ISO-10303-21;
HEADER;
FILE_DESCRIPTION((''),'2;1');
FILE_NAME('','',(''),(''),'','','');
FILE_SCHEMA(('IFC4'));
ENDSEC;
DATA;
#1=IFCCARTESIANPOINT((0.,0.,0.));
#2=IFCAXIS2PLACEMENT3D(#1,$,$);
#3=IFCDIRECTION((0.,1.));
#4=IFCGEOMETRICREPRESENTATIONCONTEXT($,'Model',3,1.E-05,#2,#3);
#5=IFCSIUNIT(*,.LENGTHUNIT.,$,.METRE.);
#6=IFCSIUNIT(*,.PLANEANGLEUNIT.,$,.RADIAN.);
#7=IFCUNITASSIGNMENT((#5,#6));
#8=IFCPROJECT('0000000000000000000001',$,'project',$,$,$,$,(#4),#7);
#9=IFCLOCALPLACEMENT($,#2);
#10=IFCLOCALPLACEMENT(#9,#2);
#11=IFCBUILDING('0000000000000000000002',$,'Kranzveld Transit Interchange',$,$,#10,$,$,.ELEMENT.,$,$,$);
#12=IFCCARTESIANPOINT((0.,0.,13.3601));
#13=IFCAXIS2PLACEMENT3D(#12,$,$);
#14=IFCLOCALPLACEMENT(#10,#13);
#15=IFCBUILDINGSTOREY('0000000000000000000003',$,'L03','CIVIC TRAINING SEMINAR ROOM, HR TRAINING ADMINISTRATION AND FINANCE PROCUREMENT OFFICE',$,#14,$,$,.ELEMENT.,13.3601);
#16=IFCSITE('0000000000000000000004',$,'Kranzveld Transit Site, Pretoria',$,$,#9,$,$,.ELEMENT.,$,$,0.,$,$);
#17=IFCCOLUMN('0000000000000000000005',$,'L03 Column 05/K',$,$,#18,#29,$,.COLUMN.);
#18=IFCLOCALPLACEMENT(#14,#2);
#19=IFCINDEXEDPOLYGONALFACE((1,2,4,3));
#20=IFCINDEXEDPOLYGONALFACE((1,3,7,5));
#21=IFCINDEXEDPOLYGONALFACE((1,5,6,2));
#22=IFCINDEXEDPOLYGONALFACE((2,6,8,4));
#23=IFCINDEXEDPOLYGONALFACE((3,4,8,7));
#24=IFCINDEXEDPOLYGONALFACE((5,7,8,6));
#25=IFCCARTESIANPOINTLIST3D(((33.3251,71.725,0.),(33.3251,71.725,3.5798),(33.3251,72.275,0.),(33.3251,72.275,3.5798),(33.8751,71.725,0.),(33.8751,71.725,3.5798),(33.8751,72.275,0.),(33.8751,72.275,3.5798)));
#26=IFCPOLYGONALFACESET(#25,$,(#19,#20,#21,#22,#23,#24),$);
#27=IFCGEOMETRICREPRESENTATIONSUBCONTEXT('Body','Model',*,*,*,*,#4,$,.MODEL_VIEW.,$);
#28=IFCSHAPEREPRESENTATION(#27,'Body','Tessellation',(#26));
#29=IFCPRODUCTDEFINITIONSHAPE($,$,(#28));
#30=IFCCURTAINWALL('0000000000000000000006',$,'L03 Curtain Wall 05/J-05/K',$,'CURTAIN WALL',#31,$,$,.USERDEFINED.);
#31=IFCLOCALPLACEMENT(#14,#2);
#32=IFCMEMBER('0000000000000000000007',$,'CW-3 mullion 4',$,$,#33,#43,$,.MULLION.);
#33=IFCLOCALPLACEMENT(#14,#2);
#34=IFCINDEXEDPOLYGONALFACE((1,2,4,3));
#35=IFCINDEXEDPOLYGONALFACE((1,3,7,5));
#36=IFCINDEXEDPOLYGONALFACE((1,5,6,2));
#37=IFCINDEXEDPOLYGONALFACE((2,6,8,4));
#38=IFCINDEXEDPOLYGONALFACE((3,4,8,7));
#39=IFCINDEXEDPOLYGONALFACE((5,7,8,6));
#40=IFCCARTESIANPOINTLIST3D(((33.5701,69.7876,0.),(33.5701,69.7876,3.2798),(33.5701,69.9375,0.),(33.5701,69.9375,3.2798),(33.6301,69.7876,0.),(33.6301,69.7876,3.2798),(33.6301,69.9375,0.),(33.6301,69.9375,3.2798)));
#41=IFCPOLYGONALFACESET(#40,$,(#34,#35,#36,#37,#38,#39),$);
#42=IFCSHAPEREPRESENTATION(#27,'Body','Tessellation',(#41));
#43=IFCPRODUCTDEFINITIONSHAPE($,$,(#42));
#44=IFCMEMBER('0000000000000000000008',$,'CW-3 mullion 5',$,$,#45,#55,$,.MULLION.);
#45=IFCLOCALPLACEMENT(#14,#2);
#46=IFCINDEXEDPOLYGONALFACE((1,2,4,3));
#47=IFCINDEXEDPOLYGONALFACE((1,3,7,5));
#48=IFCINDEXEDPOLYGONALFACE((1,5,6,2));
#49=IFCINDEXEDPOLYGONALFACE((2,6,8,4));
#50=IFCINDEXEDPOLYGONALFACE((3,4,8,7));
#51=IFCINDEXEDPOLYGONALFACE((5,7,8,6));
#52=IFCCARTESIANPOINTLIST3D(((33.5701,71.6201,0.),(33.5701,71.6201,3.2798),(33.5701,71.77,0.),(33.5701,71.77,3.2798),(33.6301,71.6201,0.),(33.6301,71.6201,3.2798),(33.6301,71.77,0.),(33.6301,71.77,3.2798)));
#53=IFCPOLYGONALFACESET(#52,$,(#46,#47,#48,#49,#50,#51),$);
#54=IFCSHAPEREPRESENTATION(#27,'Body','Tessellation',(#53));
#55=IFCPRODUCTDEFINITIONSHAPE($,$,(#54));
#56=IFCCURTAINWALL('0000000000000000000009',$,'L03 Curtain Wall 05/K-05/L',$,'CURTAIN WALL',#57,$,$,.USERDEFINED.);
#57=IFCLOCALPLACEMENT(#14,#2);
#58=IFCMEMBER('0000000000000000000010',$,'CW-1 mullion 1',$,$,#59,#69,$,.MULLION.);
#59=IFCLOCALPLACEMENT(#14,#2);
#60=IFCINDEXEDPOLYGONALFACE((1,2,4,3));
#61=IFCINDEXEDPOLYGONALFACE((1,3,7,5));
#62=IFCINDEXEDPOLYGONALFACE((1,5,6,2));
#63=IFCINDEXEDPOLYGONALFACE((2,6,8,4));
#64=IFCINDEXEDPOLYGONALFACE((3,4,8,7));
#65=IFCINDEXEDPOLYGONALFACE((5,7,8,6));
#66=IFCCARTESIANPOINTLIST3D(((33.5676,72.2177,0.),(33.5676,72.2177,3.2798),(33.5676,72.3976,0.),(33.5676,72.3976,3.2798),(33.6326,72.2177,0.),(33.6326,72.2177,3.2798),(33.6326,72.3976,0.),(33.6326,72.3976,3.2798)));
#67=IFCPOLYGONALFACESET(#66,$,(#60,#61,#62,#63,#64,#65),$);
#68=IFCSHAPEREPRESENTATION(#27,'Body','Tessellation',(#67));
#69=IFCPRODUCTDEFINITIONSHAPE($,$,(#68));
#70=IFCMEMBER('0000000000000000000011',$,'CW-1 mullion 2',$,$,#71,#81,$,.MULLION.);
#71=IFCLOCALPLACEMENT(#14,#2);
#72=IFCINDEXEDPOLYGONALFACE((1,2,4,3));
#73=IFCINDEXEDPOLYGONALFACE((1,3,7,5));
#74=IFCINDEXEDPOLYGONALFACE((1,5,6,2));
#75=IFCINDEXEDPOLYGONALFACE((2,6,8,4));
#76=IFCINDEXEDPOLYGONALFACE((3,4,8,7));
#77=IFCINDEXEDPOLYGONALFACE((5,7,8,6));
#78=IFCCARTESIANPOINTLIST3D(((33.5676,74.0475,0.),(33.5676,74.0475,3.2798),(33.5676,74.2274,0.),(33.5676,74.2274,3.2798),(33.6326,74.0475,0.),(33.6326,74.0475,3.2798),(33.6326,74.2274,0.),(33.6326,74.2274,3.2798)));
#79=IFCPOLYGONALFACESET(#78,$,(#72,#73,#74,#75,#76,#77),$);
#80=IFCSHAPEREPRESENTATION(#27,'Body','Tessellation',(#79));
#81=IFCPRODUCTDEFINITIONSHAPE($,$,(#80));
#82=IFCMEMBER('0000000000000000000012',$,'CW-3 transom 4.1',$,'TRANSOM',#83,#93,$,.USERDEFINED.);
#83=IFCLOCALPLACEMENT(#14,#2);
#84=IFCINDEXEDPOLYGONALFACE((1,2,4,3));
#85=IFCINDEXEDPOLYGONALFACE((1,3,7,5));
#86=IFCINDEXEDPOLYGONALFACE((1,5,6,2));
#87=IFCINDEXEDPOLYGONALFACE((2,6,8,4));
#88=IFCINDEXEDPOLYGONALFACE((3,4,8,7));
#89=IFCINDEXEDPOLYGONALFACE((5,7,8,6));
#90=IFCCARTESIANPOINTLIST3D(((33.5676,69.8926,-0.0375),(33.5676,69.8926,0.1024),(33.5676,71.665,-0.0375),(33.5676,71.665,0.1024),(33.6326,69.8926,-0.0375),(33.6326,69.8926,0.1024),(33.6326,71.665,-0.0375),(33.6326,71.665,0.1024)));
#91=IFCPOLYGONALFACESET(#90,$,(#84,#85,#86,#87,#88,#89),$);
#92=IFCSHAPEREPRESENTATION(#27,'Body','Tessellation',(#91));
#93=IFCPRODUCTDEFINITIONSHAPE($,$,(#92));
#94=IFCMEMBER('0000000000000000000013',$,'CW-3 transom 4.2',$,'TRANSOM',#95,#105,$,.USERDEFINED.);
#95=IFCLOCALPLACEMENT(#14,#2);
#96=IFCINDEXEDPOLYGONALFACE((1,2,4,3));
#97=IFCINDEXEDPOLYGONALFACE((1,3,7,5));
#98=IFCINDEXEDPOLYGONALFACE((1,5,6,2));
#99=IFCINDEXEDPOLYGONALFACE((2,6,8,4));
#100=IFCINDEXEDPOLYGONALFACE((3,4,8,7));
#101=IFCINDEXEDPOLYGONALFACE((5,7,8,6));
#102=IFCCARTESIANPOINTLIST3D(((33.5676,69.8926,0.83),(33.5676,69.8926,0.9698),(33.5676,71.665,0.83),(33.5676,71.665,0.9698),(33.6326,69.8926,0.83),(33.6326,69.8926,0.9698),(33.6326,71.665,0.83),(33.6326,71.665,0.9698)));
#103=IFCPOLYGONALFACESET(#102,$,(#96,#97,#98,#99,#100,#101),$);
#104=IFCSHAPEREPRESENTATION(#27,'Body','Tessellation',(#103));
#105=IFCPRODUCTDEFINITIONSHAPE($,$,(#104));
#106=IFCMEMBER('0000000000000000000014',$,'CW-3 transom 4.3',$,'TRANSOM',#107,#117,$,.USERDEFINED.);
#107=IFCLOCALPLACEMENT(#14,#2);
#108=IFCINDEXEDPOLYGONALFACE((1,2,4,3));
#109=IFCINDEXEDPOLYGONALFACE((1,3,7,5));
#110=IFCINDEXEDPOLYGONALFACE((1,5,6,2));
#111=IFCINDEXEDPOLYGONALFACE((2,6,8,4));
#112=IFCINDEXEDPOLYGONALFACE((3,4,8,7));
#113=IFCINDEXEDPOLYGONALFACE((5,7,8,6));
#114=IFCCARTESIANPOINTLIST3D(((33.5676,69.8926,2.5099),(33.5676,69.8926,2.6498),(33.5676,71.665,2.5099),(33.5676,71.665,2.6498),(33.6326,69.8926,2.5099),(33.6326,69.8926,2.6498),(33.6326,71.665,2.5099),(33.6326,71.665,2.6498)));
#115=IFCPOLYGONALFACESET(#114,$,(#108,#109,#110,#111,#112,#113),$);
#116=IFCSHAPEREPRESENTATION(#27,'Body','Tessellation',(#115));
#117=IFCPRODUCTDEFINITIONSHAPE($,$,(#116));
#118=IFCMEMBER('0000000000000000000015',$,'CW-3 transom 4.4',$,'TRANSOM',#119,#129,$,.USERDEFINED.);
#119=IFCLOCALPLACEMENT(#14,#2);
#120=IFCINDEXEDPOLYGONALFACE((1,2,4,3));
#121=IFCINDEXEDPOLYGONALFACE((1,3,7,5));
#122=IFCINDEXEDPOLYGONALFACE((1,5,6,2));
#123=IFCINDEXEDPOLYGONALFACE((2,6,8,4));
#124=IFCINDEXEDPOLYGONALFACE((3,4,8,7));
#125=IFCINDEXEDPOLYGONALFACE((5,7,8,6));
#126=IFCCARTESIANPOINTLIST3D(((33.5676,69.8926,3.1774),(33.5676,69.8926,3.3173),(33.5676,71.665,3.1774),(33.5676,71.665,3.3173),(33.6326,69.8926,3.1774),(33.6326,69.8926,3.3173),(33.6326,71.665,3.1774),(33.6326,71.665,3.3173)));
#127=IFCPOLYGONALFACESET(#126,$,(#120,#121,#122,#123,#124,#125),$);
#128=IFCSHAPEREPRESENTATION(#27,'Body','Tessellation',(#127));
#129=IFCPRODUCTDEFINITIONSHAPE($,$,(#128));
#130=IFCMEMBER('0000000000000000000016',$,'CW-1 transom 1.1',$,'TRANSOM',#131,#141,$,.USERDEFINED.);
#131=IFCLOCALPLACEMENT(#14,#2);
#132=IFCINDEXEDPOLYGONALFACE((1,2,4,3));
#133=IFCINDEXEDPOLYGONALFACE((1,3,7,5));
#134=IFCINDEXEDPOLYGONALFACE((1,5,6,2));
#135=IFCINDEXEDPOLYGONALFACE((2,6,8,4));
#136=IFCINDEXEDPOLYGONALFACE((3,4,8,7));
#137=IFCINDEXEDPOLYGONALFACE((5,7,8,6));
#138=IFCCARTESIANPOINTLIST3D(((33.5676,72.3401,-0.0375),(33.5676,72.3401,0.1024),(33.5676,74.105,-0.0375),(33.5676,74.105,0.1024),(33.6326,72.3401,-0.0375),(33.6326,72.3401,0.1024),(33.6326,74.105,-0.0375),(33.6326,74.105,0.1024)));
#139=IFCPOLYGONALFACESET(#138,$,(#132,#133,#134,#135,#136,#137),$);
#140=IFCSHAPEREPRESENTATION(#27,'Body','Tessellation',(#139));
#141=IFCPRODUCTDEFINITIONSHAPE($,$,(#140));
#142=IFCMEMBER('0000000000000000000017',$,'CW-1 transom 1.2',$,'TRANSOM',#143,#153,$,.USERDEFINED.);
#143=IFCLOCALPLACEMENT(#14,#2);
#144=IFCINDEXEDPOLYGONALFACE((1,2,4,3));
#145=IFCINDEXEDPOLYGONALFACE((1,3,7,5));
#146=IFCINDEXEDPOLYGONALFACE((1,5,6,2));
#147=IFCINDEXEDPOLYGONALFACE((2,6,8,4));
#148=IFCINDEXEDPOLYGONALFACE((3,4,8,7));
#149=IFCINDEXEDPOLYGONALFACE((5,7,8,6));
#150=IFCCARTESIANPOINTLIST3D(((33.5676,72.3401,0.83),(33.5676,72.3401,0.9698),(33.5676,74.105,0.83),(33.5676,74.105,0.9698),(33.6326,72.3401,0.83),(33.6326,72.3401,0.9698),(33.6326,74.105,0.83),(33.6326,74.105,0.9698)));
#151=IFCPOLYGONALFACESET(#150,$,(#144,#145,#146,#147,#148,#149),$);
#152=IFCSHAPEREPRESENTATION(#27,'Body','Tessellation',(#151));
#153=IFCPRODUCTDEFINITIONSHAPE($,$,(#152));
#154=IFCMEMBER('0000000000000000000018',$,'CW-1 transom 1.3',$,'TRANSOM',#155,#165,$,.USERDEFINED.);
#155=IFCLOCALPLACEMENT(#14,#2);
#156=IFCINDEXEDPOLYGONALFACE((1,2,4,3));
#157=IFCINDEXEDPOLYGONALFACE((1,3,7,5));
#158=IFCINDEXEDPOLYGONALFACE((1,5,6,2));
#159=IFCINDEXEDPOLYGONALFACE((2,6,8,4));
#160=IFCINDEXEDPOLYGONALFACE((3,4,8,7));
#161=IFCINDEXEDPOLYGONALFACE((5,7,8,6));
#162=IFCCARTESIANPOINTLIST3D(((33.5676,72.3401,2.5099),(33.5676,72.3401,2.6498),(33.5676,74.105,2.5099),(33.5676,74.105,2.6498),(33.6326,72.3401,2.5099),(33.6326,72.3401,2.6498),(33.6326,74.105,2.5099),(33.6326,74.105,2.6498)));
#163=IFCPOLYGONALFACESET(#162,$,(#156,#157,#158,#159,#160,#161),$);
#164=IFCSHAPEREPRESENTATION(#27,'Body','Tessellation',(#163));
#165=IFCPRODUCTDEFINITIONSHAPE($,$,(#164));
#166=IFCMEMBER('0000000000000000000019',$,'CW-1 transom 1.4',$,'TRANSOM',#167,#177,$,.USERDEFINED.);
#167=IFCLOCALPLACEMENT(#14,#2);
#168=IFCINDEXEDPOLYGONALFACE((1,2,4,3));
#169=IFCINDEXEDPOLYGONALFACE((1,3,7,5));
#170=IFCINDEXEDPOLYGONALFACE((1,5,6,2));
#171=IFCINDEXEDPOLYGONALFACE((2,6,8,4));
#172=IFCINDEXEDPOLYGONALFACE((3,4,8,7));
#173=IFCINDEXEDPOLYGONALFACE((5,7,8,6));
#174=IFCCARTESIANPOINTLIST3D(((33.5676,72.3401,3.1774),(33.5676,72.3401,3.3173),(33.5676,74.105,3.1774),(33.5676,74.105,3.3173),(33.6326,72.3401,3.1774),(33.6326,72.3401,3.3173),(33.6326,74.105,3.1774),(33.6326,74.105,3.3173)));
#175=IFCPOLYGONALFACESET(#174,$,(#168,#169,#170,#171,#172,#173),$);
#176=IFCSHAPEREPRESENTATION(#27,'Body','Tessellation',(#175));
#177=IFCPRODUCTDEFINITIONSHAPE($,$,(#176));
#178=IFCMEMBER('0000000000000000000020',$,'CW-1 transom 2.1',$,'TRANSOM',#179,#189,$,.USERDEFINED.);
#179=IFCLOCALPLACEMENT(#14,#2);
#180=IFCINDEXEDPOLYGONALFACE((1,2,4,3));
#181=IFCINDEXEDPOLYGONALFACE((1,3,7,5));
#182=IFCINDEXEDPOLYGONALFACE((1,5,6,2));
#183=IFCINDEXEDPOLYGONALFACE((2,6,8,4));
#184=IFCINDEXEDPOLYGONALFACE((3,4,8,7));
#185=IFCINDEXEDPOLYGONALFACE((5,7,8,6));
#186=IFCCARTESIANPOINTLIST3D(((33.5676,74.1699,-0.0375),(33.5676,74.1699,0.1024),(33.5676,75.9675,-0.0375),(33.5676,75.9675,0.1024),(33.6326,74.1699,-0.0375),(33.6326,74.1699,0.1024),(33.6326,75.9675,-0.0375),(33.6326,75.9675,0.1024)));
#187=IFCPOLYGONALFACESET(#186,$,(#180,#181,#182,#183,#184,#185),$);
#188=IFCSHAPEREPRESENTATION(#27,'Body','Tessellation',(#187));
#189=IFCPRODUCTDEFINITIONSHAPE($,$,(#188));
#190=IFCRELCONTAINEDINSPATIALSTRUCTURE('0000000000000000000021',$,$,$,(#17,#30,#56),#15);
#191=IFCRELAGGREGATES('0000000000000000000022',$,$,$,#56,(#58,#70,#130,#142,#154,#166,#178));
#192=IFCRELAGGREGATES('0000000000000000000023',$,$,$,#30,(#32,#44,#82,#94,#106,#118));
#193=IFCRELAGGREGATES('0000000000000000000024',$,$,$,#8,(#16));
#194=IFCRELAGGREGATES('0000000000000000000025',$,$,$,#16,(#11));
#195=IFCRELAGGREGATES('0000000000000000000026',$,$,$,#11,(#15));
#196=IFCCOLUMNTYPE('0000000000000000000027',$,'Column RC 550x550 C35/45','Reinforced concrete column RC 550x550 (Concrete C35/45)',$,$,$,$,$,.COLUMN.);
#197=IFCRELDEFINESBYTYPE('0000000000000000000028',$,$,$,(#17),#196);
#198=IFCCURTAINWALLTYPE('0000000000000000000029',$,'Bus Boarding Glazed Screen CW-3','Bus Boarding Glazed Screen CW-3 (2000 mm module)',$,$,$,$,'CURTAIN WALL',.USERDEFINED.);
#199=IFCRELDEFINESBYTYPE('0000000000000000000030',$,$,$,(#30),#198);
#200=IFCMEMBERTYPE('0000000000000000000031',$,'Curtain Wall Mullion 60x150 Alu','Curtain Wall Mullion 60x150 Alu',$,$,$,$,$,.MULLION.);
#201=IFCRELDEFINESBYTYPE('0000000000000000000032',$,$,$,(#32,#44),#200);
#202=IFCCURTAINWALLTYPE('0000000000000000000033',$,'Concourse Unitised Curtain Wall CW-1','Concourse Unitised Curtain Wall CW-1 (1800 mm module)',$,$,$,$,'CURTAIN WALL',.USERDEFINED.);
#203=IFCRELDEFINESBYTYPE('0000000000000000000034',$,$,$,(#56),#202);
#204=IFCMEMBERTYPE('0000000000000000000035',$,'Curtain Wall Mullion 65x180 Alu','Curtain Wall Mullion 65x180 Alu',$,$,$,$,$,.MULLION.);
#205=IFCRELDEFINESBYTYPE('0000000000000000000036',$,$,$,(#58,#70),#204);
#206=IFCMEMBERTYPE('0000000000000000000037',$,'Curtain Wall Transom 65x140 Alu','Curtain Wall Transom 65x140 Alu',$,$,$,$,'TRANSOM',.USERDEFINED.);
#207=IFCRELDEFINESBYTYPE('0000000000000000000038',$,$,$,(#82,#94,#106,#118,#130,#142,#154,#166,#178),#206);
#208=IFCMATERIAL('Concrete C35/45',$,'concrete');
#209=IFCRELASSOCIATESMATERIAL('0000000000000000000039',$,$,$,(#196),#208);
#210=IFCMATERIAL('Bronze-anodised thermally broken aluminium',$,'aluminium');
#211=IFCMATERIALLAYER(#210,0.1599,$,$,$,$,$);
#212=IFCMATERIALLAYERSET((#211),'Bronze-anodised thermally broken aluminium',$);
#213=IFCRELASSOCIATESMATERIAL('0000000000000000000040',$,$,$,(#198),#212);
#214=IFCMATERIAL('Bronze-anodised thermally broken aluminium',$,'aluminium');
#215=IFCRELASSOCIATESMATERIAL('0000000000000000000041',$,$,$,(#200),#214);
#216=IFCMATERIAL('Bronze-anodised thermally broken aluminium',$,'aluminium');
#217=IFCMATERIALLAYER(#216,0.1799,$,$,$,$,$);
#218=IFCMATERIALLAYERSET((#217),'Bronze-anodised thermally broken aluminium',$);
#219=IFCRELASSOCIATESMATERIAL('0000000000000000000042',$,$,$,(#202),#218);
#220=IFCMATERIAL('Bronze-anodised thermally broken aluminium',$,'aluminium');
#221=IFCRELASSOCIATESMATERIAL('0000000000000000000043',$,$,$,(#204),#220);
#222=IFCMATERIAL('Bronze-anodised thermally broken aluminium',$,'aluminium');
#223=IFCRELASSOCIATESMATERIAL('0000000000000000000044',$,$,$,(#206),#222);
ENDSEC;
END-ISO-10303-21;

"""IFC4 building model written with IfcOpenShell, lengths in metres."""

from ifc_helpers import new_model, si_unit, direction, frame, origin, origin_2d, place, context, subcontext, project, spatial, rectangle, extrude, material, layer, layer_set, material_profile, profile_set, type_object, element, aggregate, save


model = new_model("IFC4")

# Units and contexts
model_context = context("Model", 3, precision=1e-05, world=origin(), true_north=direction((0.0, 1.0)))
body_context = subcontext(model_context, "Body", "Model", "MODEL_VIEW")
ifc_project = project(units=[si_unit("LENGTHUNIT", "METRE"), si_unit("PLANEANGLEUNIT", "RADIAN")], contexts=[model_context])

# Site, building, storey
site_placement = place(None, origin())
site = spatial("IfcSite", under=ifc_project, at=site_placement, Name="Kranzveld Transit Site, Pretoria", CompositionType="ELEMENT", RefElevation=0.0)
building_placement = place(site_placement, origin())
building = spatial("IfcBuilding", under=site, at=building_placement, Name="Kranzveld Transit Interchange", CompositionType="ELEMENT")
storey_placement = place(building_placement, frame((0.0, 0.0, 13.3601)))
storey = spatial("IfcBuildingStorey", under=building, at=storey_placement, Name="L03", Description="CIVIC TRAINING SEMINAR ROOM, HR TRAINING ADMINISTRATION AND FINANCE PROCUREMENT OFFICE", CompositionType="ELEMENT", Elevation=13.3601)

# Column
ifc_material_1 = material(Name="Concrete C35/45", Category="concrete")
ifc_material_profile_1 = material_profile(ifc_material_1, rectangle(XDim=0.55, YDim=0.55, at=origin_2d()), Name="RC 550x550")
ifc_profile_set_1 = profile_set([ifc_material_profile_1], Name="Concrete C35/45")
column_type = type_object("IfcColumnType", Name="Column RC 550x550 C35/45", Description="Reinforced concrete column RC 550x550 (Concrete C35/45)", PredefinedType="COLUMN", material=ifc_profile_set_1)
column_placement = place(storey_placement, frame((33.6001, 72.0, 0.0), z_axis=(0.0, 0.0, 1.0), x_axis=(1.0, 0.0, 0.0)))
element("IfcColumn", 1, at=column_placement, inside=storey, type_object=column_type, Name="L03 Column 05/K", PredefinedType="COLUMN", context=body_context, shape_type="SweptSolid", body=[
    extrude(rectangle(XDim=0.55, YDim=0.55, at=origin_2d()), origin(), (0.0, 0.0, 1.0), 3.5798),
])

# Curtain walls, members
ifc_material_2 = material(Name="Bronze-anodised thermally broken aluminium", Category="aluminium")
ifc_layer_1 = layer(ifc_material_2, 0.1599)
ifc_layer_set_1 = layer_set([ifc_layer_1], Name="Bronze-anodised thermally broken aluminium")
curtain_wall_type_1 = type_object("IfcCurtainWallType", Name="Bus Boarding Glazed Screen CW-3", Description="Bus Boarding Glazed Screen CW-3 (2000 mm module)", ElementType="CURTAIN WALL", PredefinedType="USERDEFINED", material=ifc_layer_set_1)
curtain_wall_1_placement = place(storey_placement, origin())
curtain_wall_1 = element("IfcCurtainWall", 2, at=curtain_wall_1_placement, inside=storey, type_object=curtain_wall_type_1, Name="L03 Curtain Wall 05/J-05/K", ObjectType="CURTAIN WALL", PredefinedType="USERDEFINED")
ifc_material_3 = material(Name="Bronze-anodised thermally broken aluminium", Category="aluminium")
ifc_material_profile_2 = material_profile(ifc_material_3, rectangle(XDim=0.0601, YDim=0.1499, at=origin_2d()), Name="ALU MULLION 60x150")
ifc_profile_set_2 = profile_set([ifc_material_profile_2], Name="Bronze-anodised thermally broken aluminium")
member_type_1 = type_object("IfcMemberType", Name="Curtain Wall Mullion 60x150 Alu", Description="Curtain Wall Mullion 60x150 Alu", PredefinedType="MULLION", material=ifc_profile_set_2)
member_1_placement = place(storey_placement, frame((33.6001, 69.8625, 0.0), z_axis=(0.0, 0.0, 1.0), x_axis=(-1.0, 0.0, 0.0)))
member_1 = element("IfcMember", 3, at=member_1_placement, type_object=member_type_1, Name="CW-3 mullion 4", PredefinedType="MULLION", context=body_context, shape_type="SweptSolid", body=[
    extrude(rectangle(XDim=0.0601, YDim=0.1499, at=origin_2d()), origin(), (0.0, 0.0, 1.0), 3.2798),
])
member_2_placement = place(storey_placement, frame((33.6001, 71.6951, 0.0), z_axis=(0.0, 0.0, 1.0), x_axis=(-1.0, 0.0, 0.0)))
member_2 = element("IfcMember", 4, at=member_2_placement, type_object=member_type_1, Name="CW-3 mullion 5", PredefinedType="MULLION", context=body_context, shape_type="SweptSolid", body=[
    extrude(rectangle(XDim=0.0601, YDim=0.1499, at=origin_2d()), origin(), (0.0, 0.0, 1.0), 3.2798),
])
ifc_material_4 = material(Name="Bronze-anodised thermally broken aluminium", Category="aluminium")
ifc_layer_2 = layer(ifc_material_4, 0.1799)
ifc_layer_set_2 = layer_set([ifc_layer_2], Name="Bronze-anodised thermally broken aluminium")
curtain_wall_type_2 = type_object("IfcCurtainWallType", Name="Concourse Unitised Curtain Wall CW-1", Description="Concourse Unitised Curtain Wall CW-1 (1800 mm module)", ElementType="CURTAIN WALL", PredefinedType="USERDEFINED", material=ifc_layer_set_2)
curtain_wall_2_placement = place(storey_placement, origin())
curtain_wall_2 = element("IfcCurtainWall", 5, at=curtain_wall_2_placement, inside=storey, type_object=curtain_wall_type_2, Name="L03 Curtain Wall 05/K-05/L", ObjectType="CURTAIN WALL", PredefinedType="USERDEFINED")
ifc_material_5 = material(Name="Bronze-anodised thermally broken aluminium", Category="aluminium")
ifc_material_profile_3 = material_profile(ifc_material_5, rectangle(XDim=0.0649, YDim=0.1799, at=origin_2d()), Name="ALU MULLION 65x180")
ifc_profile_set_3 = profile_set([ifc_material_profile_3], Name="Bronze-anodised thermally broken aluminium")
member_type_2 = type_object("IfcMemberType", Name="Curtain Wall Mullion 65x180 Alu", Description="Curtain Wall Mullion 65x180 Alu", PredefinedType="MULLION", material=ifc_profile_set_3)
member_3_placement = place(storey_placement, frame((33.6001, 72.3076, 0.0), z_axis=(0.0, 0.0, 1.0), x_axis=(-1.0, 0.0, 0.0)))
member_3 = element("IfcMember", 6, at=member_3_placement, type_object=member_type_2, Name="CW-1 mullion 1", PredefinedType="MULLION", context=body_context, shape_type="SweptSolid", body=[
    extrude(rectangle(XDim=0.0649, YDim=0.1799, at=origin_2d()), origin(), (0.0, 0.0, 1.0), 3.2798),
])
member_4_placement = place(storey_placement, frame((33.6001, 74.1375, 0.0), z_axis=(0.0, 0.0, 1.0), x_axis=(-1.0, 0.0, 0.0)))
member_4 = element("IfcMember", 7, at=member_4_placement, type_object=member_type_2, Name="CW-1 mullion 2", PredefinedType="MULLION", context=body_context, shape_type="SweptSolid", body=[
    extrude(rectangle(XDim=0.0649, YDim=0.1799, at=origin_2d()), origin(), (0.0, 0.0, 1.0), 3.2798),
])

# Members
ifc_material_6 = material(Name="Bronze-anodised thermally broken aluminium", Category="aluminium")
ifc_material_profile_4 = material_profile(ifc_material_6, rectangle(XDim=0.0649, YDim=0.1399, at=origin_2d()), Name="ALU TRANSOM 65x140")
ifc_profile_set_4 = profile_set([ifc_material_profile_4], Name="Bronze-anodised thermally broken aluminium")
member_type_3 = type_object("IfcMemberType", Name="Curtain Wall Transom 65x140 Alu", Description="Curtain Wall Transom 65x140 Alu", ElementType="TRANSOM", PredefinedType="USERDEFINED", material=ifc_profile_set_4)
member_5_placement = place(storey_placement, frame((33.6001, 69.8926, 0.0325), z_axis=(0.0, 1.0, 0.0), x_axis=(-1.0, 0.0, 0.0)))
member_5 = element("IfcMember", 8, at=member_5_placement, type_object=member_type_3, Name="CW-3 transom 4.1", ObjectType="TRANSOM", PredefinedType="USERDEFINED", context=body_context, shape_type="SweptSolid", body=[
    extrude(rectangle(XDim=0.0649, YDim=0.1399, at=origin_2d()), origin(), (0.0, 0.0, 1.0), 1.7725),
])
member_6_placement = place(storey_placement, frame((33.6001, 69.8926, 0.8999), z_axis=(0.0, 1.0, 0.0), x_axis=(-1.0, 0.0, 0.0)))
member_6 = element("IfcMember", 9, at=member_6_placement, type_object=member_type_3, Name="CW-3 transom 4.2", ObjectType="TRANSOM", PredefinedType="USERDEFINED", context=body_context, shape_type="SweptSolid", body=[
    extrude(rectangle(XDim=0.0649, YDim=0.1399, at=origin_2d()), origin(), (0.0, 0.0, 1.0), 1.7725),
])
member_7_placement = place(storey_placement, frame((33.6001, 69.8926, 2.5798), z_axis=(0.0, 1.0, 0.0), x_axis=(-1.0, 0.0, 0.0)))
member_7 = element("IfcMember", 10, at=member_7_placement, type_object=member_type_3, Name="CW-3 transom 4.3", ObjectType="TRANSOM", PredefinedType="USERDEFINED", context=body_context, shape_type="SweptSolid", body=[
    extrude(rectangle(XDim=0.0649, YDim=0.1399, at=origin_2d()), origin(), (0.0, 0.0, 1.0), 1.7725),
])
member_8_placement = place(storey_placement, frame((33.6001, 69.8926, 3.2473), z_axis=(0.0, 1.0, 0.0), x_axis=(-1.0, 0.0, 0.0)))
member_8 = element("IfcMember", 11, at=member_8_placement, type_object=member_type_3, Name="CW-3 transom 4.4", ObjectType="TRANSOM", PredefinedType="USERDEFINED", context=body_context, shape_type="SweptSolid", body=[
    extrude(rectangle(XDim=0.0649, YDim=0.1399, at=origin_2d()), origin(), (0.0, 0.0, 1.0), 1.7725),
])
member_9_placement = place(storey_placement, frame((33.6001, 72.3401, 0.0325), z_axis=(0.0, 1.0, 0.0), x_axis=(-1.0, 0.0, 0.0)))
member_9 = element("IfcMember", 12, at=member_9_placement, type_object=member_type_3, Name="CW-1 transom 1.1", ObjectType="TRANSOM", PredefinedType="USERDEFINED", context=body_context, shape_type="SweptSolid", body=[
    extrude(rectangle(XDim=0.0649, YDim=0.1399, at=origin_2d()), origin(), (0.0, 0.0, 1.0), 1.7649),
])
member_10_placement = place(storey_placement, frame((33.6001, 72.3401, 0.8999), z_axis=(0.0, 1.0, 0.0), x_axis=(-1.0, 0.0, 0.0)))
member_10 = element("IfcMember", 13, at=member_10_placement, type_object=member_type_3, Name="CW-1 transom 1.2", ObjectType="TRANSOM", PredefinedType="USERDEFINED", context=body_context, shape_type="SweptSolid", body=[
    extrude(rectangle(XDim=0.0649, YDim=0.1399, at=origin_2d()), origin(), (0.0, 0.0, 1.0), 1.7649),
])
member_11_placement = place(storey_placement, frame((33.6001, 72.3401, 2.5798), z_axis=(0.0, 1.0, 0.0), x_axis=(-1.0, 0.0, 0.0)))
member_11 = element("IfcMember", 14, at=member_11_placement, type_object=member_type_3, Name="CW-1 transom 1.3", ObjectType="TRANSOM", PredefinedType="USERDEFINED", context=body_context, shape_type="SweptSolid", body=[
    extrude(rectangle(XDim=0.0649, YDim=0.1399, at=origin_2d()), origin(), (0.0, 0.0, 1.0), 1.7649),
])
member_12_placement = place(storey_placement, frame((33.6001, 72.3401, 3.2473), z_axis=(0.0, 1.0, 0.0), x_axis=(-1.0, 0.0, 0.0)))
member_12 = element("IfcMember", 15, at=member_12_placement, type_object=member_type_3, Name="CW-1 transom 1.4", ObjectType="TRANSOM", PredefinedType="USERDEFINED", context=body_context, shape_type="SweptSolid", body=[
    extrude(rectangle(XDim=0.0649, YDim=0.1399, at=origin_2d()), origin(), (0.0, 0.0, 1.0), 1.7649),
])
member_13_placement = place(storey_placement, frame((33.6001, 74.1699, 0.0325), z_axis=(0.0, 1.0, 0.0), x_axis=(-1.0, 0.0, 0.0)))
member_13 = element("IfcMember", 16, at=member_13_placement, type_object=member_type_3, Name="CW-1 transom 2.1", ObjectType="TRANSOM", PredefinedType="USERDEFINED", context=body_context, shape_type="SweptSolid", body=[
    extrude(rectangle(XDim=0.0649, YDim=0.1399, at=origin_2d()), origin(), (0.0, 0.0, 1.0), 1.7976),
])

aggregate(curtain_wall_2, [member_3, member_4, member_9, member_10, member_11, member_12, member_13])
aggregate(curtain_wall_1, [member_1, member_2, member_5, member_6, member_7, member_8])

save(model, "model.ifc")
